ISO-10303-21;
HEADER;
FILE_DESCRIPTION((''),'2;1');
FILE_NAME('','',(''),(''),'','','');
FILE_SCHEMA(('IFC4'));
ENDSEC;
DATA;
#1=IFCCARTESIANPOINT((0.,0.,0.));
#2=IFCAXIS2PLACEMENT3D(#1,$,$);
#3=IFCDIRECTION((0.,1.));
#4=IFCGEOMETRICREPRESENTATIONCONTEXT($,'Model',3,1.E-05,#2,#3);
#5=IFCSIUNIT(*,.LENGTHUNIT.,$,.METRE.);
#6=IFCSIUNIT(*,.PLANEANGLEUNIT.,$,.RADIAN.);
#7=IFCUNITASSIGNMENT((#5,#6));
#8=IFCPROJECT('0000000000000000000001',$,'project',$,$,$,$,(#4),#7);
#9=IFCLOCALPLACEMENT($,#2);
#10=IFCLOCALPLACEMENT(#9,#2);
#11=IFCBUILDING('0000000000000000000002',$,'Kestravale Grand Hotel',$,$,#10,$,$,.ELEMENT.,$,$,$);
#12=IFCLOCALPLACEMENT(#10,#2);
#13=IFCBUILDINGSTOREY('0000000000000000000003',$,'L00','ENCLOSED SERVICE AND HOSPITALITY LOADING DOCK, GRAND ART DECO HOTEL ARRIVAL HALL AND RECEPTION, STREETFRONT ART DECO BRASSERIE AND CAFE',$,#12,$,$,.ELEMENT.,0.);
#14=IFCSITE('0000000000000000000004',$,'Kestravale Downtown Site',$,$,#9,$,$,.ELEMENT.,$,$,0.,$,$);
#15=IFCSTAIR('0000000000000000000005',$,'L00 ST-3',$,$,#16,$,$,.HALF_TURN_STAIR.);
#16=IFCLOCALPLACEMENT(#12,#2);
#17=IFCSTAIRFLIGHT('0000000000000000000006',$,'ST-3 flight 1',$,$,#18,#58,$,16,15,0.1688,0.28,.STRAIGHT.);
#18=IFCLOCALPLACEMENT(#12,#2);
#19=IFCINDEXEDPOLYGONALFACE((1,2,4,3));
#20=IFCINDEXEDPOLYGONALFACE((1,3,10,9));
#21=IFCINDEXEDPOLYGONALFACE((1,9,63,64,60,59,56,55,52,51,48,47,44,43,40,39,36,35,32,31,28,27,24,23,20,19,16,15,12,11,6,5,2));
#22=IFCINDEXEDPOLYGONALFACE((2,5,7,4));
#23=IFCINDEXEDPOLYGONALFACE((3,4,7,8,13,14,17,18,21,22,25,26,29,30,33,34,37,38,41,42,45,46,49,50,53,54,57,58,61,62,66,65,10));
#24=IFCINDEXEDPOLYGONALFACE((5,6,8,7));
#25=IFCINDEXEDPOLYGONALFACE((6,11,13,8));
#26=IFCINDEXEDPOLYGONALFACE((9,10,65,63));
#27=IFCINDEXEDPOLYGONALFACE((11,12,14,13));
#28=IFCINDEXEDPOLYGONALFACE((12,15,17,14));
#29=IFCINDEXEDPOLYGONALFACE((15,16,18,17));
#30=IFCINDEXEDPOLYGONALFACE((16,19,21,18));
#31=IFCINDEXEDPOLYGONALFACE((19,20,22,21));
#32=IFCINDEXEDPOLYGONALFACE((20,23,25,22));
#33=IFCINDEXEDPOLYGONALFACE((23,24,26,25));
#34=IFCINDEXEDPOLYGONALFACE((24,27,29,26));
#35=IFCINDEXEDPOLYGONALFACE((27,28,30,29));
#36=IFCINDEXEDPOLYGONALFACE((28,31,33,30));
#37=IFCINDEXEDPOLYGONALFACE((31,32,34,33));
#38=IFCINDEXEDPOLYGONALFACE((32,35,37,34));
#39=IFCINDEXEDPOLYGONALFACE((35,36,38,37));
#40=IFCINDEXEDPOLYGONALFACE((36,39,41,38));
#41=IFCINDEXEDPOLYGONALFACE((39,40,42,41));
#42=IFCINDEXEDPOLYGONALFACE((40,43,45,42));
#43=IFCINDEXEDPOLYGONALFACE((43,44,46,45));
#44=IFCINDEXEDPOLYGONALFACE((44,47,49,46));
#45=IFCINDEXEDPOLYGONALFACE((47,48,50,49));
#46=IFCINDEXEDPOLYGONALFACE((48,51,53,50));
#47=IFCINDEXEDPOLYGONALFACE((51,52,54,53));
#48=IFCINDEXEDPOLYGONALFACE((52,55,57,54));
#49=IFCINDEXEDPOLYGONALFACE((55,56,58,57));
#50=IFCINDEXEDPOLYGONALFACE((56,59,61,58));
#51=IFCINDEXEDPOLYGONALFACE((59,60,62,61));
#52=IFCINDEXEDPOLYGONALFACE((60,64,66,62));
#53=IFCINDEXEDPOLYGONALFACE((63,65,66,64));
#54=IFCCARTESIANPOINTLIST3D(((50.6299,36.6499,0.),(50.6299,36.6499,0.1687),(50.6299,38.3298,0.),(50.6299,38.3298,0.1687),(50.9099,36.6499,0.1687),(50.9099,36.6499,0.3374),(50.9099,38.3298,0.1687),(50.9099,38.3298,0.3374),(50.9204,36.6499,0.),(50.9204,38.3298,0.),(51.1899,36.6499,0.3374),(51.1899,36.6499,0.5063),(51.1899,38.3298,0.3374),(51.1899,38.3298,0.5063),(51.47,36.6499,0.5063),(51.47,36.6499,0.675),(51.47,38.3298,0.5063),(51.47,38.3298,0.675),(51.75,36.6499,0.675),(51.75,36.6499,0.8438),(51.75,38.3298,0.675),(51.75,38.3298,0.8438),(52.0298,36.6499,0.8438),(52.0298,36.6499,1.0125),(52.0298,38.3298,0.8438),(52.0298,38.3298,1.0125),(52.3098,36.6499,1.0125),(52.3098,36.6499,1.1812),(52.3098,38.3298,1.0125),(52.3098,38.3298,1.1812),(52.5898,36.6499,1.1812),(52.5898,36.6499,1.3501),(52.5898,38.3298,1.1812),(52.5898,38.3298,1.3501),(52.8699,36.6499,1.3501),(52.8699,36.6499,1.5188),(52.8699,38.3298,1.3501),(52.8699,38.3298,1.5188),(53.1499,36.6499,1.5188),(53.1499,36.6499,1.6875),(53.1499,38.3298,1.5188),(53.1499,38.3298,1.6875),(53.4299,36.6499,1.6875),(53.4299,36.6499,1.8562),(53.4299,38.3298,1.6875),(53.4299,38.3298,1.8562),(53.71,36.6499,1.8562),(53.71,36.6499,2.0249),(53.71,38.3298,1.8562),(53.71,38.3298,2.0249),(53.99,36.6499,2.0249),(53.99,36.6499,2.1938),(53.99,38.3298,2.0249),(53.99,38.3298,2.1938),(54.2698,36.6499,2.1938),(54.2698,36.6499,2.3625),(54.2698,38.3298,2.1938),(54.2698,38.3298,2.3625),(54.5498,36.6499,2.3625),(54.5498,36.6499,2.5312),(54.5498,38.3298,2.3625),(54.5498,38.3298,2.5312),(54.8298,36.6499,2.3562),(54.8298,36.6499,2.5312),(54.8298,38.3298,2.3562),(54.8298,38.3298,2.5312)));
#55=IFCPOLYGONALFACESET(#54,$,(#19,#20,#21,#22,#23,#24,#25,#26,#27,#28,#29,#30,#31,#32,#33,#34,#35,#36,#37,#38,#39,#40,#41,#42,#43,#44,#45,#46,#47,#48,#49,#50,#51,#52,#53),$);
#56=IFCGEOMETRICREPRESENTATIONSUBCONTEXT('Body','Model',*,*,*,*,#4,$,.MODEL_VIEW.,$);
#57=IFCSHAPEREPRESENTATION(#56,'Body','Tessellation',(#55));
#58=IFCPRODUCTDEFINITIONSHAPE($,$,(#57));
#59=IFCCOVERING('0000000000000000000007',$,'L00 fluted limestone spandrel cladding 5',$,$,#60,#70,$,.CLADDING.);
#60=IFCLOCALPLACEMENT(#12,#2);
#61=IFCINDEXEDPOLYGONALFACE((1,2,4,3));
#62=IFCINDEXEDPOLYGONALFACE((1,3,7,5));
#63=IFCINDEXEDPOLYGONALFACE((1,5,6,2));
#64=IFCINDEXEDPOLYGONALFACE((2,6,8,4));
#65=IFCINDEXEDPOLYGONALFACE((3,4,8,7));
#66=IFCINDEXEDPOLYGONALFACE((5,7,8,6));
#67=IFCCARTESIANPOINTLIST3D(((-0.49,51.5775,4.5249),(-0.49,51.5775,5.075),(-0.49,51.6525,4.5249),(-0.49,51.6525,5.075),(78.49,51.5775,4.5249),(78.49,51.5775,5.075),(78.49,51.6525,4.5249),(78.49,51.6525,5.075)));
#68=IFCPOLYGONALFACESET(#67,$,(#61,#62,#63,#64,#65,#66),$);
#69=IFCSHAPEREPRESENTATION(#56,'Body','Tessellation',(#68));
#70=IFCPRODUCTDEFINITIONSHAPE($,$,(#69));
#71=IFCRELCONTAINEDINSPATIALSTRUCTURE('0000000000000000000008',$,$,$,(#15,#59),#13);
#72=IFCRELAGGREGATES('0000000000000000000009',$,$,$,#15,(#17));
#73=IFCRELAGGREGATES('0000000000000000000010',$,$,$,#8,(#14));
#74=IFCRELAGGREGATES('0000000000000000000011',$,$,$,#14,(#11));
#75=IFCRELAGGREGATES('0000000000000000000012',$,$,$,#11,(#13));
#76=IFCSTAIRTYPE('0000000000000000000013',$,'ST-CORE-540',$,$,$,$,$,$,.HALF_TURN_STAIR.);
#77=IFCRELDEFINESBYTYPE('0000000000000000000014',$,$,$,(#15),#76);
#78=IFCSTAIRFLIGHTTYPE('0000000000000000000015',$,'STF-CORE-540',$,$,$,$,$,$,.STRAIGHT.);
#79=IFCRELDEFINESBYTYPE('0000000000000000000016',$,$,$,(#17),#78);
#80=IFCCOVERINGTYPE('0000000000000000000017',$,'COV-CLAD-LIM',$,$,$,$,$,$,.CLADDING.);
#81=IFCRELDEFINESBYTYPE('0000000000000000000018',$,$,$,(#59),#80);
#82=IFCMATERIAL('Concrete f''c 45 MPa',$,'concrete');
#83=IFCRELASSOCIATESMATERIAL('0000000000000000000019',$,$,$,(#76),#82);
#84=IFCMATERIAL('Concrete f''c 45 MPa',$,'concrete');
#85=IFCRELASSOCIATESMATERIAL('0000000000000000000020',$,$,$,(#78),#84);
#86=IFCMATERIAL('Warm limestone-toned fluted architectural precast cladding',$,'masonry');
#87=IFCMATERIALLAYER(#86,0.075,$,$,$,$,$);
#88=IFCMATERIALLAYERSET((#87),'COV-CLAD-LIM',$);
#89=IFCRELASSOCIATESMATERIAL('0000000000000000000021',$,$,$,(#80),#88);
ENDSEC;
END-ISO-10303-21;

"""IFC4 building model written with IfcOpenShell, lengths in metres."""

from ifc_helpers import new_model, si_unit, direction, frame, origin, origin_2d, place, context, subcontext, project, spatial, polyline, rectangle, outline, extrude, material, layer, layer_set, type_object, element, aggregate, save


model = new_model("IFC4")

# Units and contexts
model_context = context("Model", 3, precision=1e-05, world=origin(), true_north=direction((0.0, 1.0)))
body_context = subcontext(model_context, "Body", "Model", "MODEL_VIEW")
ifc_project = project(units=[si_unit("LENGTHUNIT", "METRE"), si_unit("PLANEANGLEUNIT", "RADIAN")], contexts=[model_context])

# Site, building, storey
site_placement = place(None, origin())
site = spatial("IfcSite", under=ifc_project, at=site_placement, Name="Kestravale Downtown Site", CompositionType="ELEMENT", RefElevation=0.0)
building_placement = place(site_placement, origin())
building = spatial("IfcBuilding", under=site, at=building_placement, Name="Kestravale Grand Hotel", CompositionType="ELEMENT")
storey_placement = place(building_placement, origin())
storey = spatial("IfcBuildingStorey", under=building, at=storey_placement, Name="L00", Description="ENCLOSED SERVICE AND HOSPITALITY LOADING DOCK, GRAND ART DECO HOTEL ARRIVAL HALL AND RECEPTION, STREETFRONT ART DECO BRASSERIE AND CAFE", CompositionType="ELEMENT", Elevation=0.0)

# Shared definitions
ifc_material_1 = material(Name="Concrete f'c 45 MPa", Category="concrete")
stair_type = type_object("IfcStairType", Name="ST-CORE-540", PredefinedType="HALF_TURN_STAIR", material=ifc_material_1)
ifc_material_2 = material(Name="Concrete f'c 45 MPa", Category="concrete")
stair_flight_type = type_object("IfcStairFlightType", Name="STF-CORE-540", PredefinedType="STRAIGHT", material=ifc_material_2)

# Stair, stair flight
stair_1_placement = place(storey_placement, origin())
stair_1 = element("IfcStair", 1, at=stair_1_placement, inside=storey, type_object=stair_type, Name="L00 ST-3", PredefinedType="HALF_TURN_STAIR")
stair_flight_1_placement = place(storey_placement, frame((50.6299, 37.49, 0.0), z_axis=(0.0, 0.0, 1.0), x_axis=(1.0, 0.0, 0.0)))
stair_flight_1 = element("IfcStairFlight", 2, at=stair_flight_1_placement, type_object=stair_flight_type, Name="ST-3 flight 1", NumberOfRisers=16, NumberOfTreads=15, PredefinedType="STRAIGHT", RiserHeight=0.1688, TreadLength=0.28, context=body_context, shape_type="SweptSolid", body=[
    extrude(outline(polyline([(0.0, 0.0), (0.0, 0.1687), (0.28, 0.1687), (0.28, 0.3374), (0.5601, 0.3374), (0.5601, 0.5063), (0.8401, 0.5063), (0.8401, 0.675), (1.1201, 0.675), (1.1201, 0.8438), (1.3999, 0.8438), (1.3999, 1.0125), (1.6799, 1.0125), (1.6799, 1.1812), (1.96, 1.1812), (1.96, 1.3501), (2.24, 1.3501), (2.24, 1.5188), (2.52, 1.5188), (2.52, 1.6875), (2.8, 1.6875), (2.8, 1.8562), (3.0801, 1.8562), (3.0801, 2.0249), (3.3601, 2.0249), (3.3601, 2.1938), (3.6399, 2.1938), (3.6399, 2.3625), (3.9199, 2.3625), (3.9199, 2.5312), (4.2, 2.5312), (4.2, 2.7), (4.2, 2.3562), (0.2905, 0.0), (0.0, 0.0)])), frame((0.0, 0.8398, 0.0), z_axis=(0.0, -1.0, 0.0), x_axis=(1.0, 0.0, 0.0)), (0.0, 0.0, 1.0), 1.6799),
])
aggregate(stair_1, [stair_flight_1])

# Covering
ifc_material_3 = material(Name="Warm limestone-toned fluted architectural precast cladding", Category="masonry")
ifc_layer_1 = layer(ifc_material_3, 0.075)
ifc_layer_set_1 = layer_set([ifc_layer_1], Name="COV-CLAD-LIM")
covering_type = type_object("IfcCoveringType", Name="COV-CLAD-LIM", PredefinedType="CLADDING", material=ifc_layer_set_1)
covering_placement = place(storey_placement, frame((39.0, 51.615, 4.5249), z_axis=(0.0, 0.0, 1.0), x_axis=(-1.0, 0.0, 0.0)))
element("IfcCovering", 3, at=covering_placement, inside=storey, type_object=covering_type, Name="L00 fluted limestone spandrel cladding 5", PredefinedType="CLADDING", context=body_context, shape_type="SweptSolid", body=[
    extrude(rectangle(XDim=78.98, YDim=0.075, at=origin_2d()), origin(), (0.0, 0.0, 1.0), 0.55),
])

save(model, "model.ifc")
